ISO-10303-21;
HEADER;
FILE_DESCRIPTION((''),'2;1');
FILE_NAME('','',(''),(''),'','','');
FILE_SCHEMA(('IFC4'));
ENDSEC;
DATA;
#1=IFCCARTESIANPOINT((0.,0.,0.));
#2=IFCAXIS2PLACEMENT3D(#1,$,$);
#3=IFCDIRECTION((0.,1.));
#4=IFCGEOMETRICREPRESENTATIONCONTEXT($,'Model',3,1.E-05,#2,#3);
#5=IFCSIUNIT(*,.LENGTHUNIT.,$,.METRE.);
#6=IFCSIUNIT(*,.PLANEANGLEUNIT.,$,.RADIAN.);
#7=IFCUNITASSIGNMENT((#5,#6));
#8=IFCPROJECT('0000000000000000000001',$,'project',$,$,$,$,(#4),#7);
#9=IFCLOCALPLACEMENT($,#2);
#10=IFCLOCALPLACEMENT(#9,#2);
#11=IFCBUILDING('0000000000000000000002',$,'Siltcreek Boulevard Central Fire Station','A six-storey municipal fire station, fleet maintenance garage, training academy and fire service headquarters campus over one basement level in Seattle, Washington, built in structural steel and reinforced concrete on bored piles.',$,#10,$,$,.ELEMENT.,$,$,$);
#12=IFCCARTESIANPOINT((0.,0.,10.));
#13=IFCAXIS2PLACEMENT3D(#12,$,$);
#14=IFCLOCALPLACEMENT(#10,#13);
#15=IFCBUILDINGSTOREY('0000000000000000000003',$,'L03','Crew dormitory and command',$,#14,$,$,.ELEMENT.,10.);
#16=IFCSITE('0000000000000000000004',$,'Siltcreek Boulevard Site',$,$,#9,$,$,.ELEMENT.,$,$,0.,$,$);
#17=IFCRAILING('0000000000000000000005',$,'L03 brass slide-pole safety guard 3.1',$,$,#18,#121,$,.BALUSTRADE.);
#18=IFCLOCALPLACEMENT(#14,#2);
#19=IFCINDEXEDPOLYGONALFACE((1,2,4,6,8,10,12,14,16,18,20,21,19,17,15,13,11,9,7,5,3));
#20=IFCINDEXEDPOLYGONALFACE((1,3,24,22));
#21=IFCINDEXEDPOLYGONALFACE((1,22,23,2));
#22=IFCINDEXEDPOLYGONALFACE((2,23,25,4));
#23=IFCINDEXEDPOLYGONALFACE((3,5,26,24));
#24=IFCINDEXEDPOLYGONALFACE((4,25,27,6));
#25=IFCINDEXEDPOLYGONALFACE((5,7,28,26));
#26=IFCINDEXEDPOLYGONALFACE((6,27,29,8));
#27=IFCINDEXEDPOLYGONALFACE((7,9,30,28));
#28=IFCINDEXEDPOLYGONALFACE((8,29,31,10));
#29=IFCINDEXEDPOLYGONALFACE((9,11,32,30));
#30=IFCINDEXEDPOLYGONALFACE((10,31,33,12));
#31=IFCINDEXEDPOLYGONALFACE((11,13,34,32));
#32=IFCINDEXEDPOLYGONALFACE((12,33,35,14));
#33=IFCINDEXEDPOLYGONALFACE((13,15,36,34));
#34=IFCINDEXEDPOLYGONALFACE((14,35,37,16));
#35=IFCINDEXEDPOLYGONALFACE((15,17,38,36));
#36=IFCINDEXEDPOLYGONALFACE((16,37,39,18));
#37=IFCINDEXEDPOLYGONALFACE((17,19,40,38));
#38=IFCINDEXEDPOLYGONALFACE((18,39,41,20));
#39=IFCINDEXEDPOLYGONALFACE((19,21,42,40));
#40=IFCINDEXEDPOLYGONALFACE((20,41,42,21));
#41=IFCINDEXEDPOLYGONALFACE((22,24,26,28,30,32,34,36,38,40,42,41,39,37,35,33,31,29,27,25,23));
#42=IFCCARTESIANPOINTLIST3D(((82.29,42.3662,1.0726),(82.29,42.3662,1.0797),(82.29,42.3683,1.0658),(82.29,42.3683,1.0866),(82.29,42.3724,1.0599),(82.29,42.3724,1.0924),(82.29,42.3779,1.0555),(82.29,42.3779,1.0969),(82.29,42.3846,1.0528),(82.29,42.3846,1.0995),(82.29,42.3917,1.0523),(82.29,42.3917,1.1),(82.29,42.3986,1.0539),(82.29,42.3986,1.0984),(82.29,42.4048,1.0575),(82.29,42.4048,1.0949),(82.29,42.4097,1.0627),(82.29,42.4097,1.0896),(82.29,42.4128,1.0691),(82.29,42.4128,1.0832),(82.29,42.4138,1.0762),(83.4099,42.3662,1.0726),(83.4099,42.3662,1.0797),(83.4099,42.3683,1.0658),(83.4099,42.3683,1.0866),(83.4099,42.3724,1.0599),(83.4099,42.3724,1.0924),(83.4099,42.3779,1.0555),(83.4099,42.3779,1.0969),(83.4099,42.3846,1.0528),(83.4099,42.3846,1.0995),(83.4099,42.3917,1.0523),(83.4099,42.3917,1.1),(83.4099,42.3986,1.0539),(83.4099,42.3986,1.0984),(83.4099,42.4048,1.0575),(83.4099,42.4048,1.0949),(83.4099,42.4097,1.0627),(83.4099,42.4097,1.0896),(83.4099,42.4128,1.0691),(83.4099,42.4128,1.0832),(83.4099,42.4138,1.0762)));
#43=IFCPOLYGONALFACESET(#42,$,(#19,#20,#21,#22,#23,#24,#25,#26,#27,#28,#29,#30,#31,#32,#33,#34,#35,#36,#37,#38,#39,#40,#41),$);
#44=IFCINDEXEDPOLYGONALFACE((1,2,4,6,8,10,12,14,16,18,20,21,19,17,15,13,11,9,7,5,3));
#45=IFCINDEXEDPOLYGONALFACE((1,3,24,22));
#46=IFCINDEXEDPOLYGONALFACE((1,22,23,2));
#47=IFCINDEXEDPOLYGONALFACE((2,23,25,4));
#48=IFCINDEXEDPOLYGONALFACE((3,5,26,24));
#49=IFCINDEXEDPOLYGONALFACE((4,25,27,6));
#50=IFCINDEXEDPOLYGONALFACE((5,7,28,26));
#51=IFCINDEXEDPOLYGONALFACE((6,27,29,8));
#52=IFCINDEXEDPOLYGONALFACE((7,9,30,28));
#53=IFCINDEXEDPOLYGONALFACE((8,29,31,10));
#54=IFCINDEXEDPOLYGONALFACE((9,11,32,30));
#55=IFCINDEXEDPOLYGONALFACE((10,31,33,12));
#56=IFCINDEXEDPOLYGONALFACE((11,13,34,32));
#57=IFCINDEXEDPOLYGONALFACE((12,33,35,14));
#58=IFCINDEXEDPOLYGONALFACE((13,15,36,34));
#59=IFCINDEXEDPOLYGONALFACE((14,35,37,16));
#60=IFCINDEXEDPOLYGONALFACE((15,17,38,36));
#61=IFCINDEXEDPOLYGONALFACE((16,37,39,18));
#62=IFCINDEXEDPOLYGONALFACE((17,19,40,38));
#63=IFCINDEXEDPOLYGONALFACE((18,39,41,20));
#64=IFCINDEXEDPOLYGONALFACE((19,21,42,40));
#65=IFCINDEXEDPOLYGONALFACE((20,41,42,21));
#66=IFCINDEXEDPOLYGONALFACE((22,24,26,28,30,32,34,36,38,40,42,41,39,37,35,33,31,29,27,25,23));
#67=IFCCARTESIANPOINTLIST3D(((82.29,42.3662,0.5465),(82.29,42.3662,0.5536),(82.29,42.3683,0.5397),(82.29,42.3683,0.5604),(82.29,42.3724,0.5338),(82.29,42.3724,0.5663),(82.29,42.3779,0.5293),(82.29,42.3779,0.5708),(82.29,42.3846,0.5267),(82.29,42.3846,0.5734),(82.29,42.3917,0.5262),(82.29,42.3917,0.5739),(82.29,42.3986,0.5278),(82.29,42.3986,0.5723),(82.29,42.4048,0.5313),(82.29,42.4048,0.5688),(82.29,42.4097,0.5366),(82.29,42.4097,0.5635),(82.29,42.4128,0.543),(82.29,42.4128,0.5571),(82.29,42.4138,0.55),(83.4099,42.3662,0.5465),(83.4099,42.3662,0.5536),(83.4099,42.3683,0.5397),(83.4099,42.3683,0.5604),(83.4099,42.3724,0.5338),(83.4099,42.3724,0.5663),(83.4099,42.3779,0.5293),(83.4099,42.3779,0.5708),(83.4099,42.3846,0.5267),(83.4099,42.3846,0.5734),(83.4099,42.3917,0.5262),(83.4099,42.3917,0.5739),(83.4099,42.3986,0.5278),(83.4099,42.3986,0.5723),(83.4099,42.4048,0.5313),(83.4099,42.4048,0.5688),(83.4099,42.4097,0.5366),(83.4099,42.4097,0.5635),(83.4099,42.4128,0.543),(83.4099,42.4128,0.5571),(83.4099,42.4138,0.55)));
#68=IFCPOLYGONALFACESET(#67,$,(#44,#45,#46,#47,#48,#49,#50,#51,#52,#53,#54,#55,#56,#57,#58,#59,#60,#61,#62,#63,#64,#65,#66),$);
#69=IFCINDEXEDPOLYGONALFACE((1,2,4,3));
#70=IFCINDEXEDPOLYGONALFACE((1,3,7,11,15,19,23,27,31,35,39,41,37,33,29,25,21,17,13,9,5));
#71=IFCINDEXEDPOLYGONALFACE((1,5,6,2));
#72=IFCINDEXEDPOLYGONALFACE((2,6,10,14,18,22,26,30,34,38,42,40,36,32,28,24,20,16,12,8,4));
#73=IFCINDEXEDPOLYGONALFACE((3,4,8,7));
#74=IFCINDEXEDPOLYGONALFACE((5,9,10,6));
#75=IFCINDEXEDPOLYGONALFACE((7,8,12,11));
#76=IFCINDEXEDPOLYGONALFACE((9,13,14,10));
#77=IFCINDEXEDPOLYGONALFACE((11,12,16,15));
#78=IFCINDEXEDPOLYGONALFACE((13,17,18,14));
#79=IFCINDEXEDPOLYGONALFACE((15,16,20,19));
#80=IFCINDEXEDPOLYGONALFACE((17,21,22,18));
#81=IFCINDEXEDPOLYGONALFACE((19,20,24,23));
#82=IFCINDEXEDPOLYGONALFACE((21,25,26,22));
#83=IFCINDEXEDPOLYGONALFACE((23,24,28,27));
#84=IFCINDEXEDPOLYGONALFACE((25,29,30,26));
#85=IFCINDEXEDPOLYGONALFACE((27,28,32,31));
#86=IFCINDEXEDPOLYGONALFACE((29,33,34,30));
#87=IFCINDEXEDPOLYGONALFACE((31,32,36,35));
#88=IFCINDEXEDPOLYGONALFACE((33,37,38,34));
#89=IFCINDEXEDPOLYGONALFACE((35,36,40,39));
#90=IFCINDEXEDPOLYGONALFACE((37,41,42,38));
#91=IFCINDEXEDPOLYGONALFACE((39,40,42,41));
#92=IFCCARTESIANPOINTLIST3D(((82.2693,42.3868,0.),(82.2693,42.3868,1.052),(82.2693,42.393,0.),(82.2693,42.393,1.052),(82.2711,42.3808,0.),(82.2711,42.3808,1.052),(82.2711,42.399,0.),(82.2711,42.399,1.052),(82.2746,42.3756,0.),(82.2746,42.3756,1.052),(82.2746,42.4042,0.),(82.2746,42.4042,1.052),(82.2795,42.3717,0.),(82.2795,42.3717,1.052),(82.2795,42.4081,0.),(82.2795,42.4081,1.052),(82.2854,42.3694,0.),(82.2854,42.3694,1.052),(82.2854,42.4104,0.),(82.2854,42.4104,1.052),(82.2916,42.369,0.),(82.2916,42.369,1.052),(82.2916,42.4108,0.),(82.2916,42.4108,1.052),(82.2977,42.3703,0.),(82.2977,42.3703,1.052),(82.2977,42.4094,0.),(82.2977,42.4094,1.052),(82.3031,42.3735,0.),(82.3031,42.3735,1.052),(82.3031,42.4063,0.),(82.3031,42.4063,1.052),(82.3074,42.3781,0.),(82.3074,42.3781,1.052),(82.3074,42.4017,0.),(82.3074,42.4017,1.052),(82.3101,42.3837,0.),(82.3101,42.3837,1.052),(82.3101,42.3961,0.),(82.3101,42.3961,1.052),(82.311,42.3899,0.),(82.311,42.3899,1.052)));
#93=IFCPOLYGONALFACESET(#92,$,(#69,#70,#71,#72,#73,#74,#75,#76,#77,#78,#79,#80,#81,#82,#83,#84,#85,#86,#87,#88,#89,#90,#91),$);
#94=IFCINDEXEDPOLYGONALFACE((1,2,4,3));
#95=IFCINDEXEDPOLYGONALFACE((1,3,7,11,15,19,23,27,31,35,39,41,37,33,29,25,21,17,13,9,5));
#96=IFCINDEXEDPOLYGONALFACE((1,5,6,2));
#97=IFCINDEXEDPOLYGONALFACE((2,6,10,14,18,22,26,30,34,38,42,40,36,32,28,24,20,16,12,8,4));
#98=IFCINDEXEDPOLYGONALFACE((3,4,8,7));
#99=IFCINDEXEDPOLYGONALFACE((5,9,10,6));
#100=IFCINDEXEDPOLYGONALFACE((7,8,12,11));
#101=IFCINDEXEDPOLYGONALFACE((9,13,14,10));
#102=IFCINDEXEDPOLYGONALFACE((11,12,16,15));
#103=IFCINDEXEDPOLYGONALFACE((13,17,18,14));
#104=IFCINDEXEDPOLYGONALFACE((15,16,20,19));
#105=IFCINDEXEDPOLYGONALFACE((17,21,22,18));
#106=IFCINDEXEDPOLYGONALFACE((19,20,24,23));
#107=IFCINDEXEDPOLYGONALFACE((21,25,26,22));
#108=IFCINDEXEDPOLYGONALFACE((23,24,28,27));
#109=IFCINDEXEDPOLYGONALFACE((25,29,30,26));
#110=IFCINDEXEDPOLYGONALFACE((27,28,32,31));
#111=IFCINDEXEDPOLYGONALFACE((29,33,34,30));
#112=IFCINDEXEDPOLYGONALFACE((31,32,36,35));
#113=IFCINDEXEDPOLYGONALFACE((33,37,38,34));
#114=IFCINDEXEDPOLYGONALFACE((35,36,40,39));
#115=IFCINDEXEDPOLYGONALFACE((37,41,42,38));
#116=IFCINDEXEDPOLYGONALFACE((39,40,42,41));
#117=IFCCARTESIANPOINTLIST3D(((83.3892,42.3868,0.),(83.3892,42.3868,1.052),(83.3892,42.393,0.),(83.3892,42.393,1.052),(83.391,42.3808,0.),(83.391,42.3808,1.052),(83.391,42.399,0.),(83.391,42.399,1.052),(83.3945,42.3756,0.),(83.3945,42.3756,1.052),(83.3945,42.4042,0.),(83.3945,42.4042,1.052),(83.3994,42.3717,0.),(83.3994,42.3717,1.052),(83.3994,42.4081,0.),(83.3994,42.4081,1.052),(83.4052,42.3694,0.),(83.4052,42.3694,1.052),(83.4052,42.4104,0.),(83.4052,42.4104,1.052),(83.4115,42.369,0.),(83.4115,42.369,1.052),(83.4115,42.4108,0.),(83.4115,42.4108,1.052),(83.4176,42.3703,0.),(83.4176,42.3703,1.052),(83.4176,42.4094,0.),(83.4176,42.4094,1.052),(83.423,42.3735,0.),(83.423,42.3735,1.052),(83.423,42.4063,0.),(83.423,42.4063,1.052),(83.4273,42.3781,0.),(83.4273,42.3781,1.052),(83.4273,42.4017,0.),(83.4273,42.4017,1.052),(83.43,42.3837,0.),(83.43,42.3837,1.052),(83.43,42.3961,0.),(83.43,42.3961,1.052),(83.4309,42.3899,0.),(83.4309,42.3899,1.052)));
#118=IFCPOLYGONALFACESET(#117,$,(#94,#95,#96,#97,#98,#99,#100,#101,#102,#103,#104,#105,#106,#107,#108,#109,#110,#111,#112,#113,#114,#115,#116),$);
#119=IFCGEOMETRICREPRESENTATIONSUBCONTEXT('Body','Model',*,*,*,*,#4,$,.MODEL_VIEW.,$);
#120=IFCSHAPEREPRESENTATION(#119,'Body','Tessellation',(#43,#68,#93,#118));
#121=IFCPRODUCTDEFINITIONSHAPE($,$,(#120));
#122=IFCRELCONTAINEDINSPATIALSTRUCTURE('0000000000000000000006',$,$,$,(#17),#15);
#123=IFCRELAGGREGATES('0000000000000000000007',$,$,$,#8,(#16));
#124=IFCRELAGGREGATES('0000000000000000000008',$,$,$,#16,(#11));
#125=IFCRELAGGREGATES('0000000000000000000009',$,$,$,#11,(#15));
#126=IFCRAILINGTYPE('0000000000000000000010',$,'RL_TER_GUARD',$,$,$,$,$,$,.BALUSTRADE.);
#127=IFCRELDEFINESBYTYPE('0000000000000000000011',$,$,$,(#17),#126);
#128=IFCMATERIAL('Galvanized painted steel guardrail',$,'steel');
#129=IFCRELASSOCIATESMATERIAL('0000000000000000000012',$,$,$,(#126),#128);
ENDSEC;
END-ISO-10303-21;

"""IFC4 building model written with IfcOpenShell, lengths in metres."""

from ifc_helpers import new_model, si_unit, direction, frame, origin, origin_2d, place, context, subcontext, project, spatial, circle, extrude, material, type_object, element, save


model = new_model("IFC4")

# Units and contexts
model_context = context("Model", 3, precision=1e-05, world=origin(), true_north=direction((0.0, 1.0)))
body_context = subcontext(model_context, "Body", "Model", "MODEL_VIEW")
ifc_project = project(units=[si_unit("LENGTHUNIT", "METRE"), si_unit("PLANEANGLEUNIT", "RADIAN")], contexts=[model_context])

# Site, building, storey
site_placement = place(None, origin())
site = spatial("IfcSite", under=ifc_project, at=site_placement, Name="Siltcreek Boulevard Site", CompositionType="ELEMENT", RefElevation=0.0)
building_placement = place(site_placement, origin())
building = spatial("IfcBuilding", under=site, at=building_placement, Name="Siltcreek Boulevard Central Fire Station", Description="A six-storey municipal fire station, fleet maintenance garage, training academy and fire service headquarters campus over one basement level in Seattle, Washington, built in structural steel and reinforced concrete on bored piles.", CompositionType="ELEMENT")
storey_placement = place(building_placement, frame((0.0, 0.0, 10.0)))
storey = spatial("IfcBuildingStorey", under=building, at=storey_placement, Name="L03", Description="Crew dormitory and command", CompositionType="ELEMENT", Elevation=10.0)

# Railing
ifc_material_1 = material(Name="Galvanized painted steel guardrail", Category="steel")
railing_type = type_object("IfcRailingType", Name="RL_TER_GUARD", PredefinedType="BALUSTRADE", material=ifc_material_1)
railing_1_placement = place(storey_placement, frame((82.29, 42.3899, 0.0)))
element("IfcRailing", 1, at=railing_1_placement, inside=storey, type_object=railing_type, Name="L03 brass slide-pole safety guard 3.1", PredefinedType="BALUSTRADE", context=body_context, shape_type="SweptSolid", body=[
    extrude(circle(Radius=0.0239, at=origin_2d()), frame((0.0, 0.0, 1.0762), z_axis=(1.0, 0.0, 0.0), x_axis=(0.0, 1.0, 0.0)), (0.0, 0.0, 1.0), 1.1199),
    extrude(circle(Radius=0.0239, at=origin_2d()), frame((0.0, 0.0, 0.55), z_axis=(1.0, 0.0, 0.0), x_axis=(0.0, 1.0, 0.0)), (0.0, 0.0, 1.0), 1.1199),
    extrude(circle(Radius=0.021, at=origin_2d()), origin(), (0.0, 0.0, 1.0), 1.052),
    extrude(circle(Radius=0.021, at=origin_2d()), frame((1.1199, 0.0, 0.0)), (0.0, 0.0, 1.0), 1.052),
])

save(model, "model.ifc")
